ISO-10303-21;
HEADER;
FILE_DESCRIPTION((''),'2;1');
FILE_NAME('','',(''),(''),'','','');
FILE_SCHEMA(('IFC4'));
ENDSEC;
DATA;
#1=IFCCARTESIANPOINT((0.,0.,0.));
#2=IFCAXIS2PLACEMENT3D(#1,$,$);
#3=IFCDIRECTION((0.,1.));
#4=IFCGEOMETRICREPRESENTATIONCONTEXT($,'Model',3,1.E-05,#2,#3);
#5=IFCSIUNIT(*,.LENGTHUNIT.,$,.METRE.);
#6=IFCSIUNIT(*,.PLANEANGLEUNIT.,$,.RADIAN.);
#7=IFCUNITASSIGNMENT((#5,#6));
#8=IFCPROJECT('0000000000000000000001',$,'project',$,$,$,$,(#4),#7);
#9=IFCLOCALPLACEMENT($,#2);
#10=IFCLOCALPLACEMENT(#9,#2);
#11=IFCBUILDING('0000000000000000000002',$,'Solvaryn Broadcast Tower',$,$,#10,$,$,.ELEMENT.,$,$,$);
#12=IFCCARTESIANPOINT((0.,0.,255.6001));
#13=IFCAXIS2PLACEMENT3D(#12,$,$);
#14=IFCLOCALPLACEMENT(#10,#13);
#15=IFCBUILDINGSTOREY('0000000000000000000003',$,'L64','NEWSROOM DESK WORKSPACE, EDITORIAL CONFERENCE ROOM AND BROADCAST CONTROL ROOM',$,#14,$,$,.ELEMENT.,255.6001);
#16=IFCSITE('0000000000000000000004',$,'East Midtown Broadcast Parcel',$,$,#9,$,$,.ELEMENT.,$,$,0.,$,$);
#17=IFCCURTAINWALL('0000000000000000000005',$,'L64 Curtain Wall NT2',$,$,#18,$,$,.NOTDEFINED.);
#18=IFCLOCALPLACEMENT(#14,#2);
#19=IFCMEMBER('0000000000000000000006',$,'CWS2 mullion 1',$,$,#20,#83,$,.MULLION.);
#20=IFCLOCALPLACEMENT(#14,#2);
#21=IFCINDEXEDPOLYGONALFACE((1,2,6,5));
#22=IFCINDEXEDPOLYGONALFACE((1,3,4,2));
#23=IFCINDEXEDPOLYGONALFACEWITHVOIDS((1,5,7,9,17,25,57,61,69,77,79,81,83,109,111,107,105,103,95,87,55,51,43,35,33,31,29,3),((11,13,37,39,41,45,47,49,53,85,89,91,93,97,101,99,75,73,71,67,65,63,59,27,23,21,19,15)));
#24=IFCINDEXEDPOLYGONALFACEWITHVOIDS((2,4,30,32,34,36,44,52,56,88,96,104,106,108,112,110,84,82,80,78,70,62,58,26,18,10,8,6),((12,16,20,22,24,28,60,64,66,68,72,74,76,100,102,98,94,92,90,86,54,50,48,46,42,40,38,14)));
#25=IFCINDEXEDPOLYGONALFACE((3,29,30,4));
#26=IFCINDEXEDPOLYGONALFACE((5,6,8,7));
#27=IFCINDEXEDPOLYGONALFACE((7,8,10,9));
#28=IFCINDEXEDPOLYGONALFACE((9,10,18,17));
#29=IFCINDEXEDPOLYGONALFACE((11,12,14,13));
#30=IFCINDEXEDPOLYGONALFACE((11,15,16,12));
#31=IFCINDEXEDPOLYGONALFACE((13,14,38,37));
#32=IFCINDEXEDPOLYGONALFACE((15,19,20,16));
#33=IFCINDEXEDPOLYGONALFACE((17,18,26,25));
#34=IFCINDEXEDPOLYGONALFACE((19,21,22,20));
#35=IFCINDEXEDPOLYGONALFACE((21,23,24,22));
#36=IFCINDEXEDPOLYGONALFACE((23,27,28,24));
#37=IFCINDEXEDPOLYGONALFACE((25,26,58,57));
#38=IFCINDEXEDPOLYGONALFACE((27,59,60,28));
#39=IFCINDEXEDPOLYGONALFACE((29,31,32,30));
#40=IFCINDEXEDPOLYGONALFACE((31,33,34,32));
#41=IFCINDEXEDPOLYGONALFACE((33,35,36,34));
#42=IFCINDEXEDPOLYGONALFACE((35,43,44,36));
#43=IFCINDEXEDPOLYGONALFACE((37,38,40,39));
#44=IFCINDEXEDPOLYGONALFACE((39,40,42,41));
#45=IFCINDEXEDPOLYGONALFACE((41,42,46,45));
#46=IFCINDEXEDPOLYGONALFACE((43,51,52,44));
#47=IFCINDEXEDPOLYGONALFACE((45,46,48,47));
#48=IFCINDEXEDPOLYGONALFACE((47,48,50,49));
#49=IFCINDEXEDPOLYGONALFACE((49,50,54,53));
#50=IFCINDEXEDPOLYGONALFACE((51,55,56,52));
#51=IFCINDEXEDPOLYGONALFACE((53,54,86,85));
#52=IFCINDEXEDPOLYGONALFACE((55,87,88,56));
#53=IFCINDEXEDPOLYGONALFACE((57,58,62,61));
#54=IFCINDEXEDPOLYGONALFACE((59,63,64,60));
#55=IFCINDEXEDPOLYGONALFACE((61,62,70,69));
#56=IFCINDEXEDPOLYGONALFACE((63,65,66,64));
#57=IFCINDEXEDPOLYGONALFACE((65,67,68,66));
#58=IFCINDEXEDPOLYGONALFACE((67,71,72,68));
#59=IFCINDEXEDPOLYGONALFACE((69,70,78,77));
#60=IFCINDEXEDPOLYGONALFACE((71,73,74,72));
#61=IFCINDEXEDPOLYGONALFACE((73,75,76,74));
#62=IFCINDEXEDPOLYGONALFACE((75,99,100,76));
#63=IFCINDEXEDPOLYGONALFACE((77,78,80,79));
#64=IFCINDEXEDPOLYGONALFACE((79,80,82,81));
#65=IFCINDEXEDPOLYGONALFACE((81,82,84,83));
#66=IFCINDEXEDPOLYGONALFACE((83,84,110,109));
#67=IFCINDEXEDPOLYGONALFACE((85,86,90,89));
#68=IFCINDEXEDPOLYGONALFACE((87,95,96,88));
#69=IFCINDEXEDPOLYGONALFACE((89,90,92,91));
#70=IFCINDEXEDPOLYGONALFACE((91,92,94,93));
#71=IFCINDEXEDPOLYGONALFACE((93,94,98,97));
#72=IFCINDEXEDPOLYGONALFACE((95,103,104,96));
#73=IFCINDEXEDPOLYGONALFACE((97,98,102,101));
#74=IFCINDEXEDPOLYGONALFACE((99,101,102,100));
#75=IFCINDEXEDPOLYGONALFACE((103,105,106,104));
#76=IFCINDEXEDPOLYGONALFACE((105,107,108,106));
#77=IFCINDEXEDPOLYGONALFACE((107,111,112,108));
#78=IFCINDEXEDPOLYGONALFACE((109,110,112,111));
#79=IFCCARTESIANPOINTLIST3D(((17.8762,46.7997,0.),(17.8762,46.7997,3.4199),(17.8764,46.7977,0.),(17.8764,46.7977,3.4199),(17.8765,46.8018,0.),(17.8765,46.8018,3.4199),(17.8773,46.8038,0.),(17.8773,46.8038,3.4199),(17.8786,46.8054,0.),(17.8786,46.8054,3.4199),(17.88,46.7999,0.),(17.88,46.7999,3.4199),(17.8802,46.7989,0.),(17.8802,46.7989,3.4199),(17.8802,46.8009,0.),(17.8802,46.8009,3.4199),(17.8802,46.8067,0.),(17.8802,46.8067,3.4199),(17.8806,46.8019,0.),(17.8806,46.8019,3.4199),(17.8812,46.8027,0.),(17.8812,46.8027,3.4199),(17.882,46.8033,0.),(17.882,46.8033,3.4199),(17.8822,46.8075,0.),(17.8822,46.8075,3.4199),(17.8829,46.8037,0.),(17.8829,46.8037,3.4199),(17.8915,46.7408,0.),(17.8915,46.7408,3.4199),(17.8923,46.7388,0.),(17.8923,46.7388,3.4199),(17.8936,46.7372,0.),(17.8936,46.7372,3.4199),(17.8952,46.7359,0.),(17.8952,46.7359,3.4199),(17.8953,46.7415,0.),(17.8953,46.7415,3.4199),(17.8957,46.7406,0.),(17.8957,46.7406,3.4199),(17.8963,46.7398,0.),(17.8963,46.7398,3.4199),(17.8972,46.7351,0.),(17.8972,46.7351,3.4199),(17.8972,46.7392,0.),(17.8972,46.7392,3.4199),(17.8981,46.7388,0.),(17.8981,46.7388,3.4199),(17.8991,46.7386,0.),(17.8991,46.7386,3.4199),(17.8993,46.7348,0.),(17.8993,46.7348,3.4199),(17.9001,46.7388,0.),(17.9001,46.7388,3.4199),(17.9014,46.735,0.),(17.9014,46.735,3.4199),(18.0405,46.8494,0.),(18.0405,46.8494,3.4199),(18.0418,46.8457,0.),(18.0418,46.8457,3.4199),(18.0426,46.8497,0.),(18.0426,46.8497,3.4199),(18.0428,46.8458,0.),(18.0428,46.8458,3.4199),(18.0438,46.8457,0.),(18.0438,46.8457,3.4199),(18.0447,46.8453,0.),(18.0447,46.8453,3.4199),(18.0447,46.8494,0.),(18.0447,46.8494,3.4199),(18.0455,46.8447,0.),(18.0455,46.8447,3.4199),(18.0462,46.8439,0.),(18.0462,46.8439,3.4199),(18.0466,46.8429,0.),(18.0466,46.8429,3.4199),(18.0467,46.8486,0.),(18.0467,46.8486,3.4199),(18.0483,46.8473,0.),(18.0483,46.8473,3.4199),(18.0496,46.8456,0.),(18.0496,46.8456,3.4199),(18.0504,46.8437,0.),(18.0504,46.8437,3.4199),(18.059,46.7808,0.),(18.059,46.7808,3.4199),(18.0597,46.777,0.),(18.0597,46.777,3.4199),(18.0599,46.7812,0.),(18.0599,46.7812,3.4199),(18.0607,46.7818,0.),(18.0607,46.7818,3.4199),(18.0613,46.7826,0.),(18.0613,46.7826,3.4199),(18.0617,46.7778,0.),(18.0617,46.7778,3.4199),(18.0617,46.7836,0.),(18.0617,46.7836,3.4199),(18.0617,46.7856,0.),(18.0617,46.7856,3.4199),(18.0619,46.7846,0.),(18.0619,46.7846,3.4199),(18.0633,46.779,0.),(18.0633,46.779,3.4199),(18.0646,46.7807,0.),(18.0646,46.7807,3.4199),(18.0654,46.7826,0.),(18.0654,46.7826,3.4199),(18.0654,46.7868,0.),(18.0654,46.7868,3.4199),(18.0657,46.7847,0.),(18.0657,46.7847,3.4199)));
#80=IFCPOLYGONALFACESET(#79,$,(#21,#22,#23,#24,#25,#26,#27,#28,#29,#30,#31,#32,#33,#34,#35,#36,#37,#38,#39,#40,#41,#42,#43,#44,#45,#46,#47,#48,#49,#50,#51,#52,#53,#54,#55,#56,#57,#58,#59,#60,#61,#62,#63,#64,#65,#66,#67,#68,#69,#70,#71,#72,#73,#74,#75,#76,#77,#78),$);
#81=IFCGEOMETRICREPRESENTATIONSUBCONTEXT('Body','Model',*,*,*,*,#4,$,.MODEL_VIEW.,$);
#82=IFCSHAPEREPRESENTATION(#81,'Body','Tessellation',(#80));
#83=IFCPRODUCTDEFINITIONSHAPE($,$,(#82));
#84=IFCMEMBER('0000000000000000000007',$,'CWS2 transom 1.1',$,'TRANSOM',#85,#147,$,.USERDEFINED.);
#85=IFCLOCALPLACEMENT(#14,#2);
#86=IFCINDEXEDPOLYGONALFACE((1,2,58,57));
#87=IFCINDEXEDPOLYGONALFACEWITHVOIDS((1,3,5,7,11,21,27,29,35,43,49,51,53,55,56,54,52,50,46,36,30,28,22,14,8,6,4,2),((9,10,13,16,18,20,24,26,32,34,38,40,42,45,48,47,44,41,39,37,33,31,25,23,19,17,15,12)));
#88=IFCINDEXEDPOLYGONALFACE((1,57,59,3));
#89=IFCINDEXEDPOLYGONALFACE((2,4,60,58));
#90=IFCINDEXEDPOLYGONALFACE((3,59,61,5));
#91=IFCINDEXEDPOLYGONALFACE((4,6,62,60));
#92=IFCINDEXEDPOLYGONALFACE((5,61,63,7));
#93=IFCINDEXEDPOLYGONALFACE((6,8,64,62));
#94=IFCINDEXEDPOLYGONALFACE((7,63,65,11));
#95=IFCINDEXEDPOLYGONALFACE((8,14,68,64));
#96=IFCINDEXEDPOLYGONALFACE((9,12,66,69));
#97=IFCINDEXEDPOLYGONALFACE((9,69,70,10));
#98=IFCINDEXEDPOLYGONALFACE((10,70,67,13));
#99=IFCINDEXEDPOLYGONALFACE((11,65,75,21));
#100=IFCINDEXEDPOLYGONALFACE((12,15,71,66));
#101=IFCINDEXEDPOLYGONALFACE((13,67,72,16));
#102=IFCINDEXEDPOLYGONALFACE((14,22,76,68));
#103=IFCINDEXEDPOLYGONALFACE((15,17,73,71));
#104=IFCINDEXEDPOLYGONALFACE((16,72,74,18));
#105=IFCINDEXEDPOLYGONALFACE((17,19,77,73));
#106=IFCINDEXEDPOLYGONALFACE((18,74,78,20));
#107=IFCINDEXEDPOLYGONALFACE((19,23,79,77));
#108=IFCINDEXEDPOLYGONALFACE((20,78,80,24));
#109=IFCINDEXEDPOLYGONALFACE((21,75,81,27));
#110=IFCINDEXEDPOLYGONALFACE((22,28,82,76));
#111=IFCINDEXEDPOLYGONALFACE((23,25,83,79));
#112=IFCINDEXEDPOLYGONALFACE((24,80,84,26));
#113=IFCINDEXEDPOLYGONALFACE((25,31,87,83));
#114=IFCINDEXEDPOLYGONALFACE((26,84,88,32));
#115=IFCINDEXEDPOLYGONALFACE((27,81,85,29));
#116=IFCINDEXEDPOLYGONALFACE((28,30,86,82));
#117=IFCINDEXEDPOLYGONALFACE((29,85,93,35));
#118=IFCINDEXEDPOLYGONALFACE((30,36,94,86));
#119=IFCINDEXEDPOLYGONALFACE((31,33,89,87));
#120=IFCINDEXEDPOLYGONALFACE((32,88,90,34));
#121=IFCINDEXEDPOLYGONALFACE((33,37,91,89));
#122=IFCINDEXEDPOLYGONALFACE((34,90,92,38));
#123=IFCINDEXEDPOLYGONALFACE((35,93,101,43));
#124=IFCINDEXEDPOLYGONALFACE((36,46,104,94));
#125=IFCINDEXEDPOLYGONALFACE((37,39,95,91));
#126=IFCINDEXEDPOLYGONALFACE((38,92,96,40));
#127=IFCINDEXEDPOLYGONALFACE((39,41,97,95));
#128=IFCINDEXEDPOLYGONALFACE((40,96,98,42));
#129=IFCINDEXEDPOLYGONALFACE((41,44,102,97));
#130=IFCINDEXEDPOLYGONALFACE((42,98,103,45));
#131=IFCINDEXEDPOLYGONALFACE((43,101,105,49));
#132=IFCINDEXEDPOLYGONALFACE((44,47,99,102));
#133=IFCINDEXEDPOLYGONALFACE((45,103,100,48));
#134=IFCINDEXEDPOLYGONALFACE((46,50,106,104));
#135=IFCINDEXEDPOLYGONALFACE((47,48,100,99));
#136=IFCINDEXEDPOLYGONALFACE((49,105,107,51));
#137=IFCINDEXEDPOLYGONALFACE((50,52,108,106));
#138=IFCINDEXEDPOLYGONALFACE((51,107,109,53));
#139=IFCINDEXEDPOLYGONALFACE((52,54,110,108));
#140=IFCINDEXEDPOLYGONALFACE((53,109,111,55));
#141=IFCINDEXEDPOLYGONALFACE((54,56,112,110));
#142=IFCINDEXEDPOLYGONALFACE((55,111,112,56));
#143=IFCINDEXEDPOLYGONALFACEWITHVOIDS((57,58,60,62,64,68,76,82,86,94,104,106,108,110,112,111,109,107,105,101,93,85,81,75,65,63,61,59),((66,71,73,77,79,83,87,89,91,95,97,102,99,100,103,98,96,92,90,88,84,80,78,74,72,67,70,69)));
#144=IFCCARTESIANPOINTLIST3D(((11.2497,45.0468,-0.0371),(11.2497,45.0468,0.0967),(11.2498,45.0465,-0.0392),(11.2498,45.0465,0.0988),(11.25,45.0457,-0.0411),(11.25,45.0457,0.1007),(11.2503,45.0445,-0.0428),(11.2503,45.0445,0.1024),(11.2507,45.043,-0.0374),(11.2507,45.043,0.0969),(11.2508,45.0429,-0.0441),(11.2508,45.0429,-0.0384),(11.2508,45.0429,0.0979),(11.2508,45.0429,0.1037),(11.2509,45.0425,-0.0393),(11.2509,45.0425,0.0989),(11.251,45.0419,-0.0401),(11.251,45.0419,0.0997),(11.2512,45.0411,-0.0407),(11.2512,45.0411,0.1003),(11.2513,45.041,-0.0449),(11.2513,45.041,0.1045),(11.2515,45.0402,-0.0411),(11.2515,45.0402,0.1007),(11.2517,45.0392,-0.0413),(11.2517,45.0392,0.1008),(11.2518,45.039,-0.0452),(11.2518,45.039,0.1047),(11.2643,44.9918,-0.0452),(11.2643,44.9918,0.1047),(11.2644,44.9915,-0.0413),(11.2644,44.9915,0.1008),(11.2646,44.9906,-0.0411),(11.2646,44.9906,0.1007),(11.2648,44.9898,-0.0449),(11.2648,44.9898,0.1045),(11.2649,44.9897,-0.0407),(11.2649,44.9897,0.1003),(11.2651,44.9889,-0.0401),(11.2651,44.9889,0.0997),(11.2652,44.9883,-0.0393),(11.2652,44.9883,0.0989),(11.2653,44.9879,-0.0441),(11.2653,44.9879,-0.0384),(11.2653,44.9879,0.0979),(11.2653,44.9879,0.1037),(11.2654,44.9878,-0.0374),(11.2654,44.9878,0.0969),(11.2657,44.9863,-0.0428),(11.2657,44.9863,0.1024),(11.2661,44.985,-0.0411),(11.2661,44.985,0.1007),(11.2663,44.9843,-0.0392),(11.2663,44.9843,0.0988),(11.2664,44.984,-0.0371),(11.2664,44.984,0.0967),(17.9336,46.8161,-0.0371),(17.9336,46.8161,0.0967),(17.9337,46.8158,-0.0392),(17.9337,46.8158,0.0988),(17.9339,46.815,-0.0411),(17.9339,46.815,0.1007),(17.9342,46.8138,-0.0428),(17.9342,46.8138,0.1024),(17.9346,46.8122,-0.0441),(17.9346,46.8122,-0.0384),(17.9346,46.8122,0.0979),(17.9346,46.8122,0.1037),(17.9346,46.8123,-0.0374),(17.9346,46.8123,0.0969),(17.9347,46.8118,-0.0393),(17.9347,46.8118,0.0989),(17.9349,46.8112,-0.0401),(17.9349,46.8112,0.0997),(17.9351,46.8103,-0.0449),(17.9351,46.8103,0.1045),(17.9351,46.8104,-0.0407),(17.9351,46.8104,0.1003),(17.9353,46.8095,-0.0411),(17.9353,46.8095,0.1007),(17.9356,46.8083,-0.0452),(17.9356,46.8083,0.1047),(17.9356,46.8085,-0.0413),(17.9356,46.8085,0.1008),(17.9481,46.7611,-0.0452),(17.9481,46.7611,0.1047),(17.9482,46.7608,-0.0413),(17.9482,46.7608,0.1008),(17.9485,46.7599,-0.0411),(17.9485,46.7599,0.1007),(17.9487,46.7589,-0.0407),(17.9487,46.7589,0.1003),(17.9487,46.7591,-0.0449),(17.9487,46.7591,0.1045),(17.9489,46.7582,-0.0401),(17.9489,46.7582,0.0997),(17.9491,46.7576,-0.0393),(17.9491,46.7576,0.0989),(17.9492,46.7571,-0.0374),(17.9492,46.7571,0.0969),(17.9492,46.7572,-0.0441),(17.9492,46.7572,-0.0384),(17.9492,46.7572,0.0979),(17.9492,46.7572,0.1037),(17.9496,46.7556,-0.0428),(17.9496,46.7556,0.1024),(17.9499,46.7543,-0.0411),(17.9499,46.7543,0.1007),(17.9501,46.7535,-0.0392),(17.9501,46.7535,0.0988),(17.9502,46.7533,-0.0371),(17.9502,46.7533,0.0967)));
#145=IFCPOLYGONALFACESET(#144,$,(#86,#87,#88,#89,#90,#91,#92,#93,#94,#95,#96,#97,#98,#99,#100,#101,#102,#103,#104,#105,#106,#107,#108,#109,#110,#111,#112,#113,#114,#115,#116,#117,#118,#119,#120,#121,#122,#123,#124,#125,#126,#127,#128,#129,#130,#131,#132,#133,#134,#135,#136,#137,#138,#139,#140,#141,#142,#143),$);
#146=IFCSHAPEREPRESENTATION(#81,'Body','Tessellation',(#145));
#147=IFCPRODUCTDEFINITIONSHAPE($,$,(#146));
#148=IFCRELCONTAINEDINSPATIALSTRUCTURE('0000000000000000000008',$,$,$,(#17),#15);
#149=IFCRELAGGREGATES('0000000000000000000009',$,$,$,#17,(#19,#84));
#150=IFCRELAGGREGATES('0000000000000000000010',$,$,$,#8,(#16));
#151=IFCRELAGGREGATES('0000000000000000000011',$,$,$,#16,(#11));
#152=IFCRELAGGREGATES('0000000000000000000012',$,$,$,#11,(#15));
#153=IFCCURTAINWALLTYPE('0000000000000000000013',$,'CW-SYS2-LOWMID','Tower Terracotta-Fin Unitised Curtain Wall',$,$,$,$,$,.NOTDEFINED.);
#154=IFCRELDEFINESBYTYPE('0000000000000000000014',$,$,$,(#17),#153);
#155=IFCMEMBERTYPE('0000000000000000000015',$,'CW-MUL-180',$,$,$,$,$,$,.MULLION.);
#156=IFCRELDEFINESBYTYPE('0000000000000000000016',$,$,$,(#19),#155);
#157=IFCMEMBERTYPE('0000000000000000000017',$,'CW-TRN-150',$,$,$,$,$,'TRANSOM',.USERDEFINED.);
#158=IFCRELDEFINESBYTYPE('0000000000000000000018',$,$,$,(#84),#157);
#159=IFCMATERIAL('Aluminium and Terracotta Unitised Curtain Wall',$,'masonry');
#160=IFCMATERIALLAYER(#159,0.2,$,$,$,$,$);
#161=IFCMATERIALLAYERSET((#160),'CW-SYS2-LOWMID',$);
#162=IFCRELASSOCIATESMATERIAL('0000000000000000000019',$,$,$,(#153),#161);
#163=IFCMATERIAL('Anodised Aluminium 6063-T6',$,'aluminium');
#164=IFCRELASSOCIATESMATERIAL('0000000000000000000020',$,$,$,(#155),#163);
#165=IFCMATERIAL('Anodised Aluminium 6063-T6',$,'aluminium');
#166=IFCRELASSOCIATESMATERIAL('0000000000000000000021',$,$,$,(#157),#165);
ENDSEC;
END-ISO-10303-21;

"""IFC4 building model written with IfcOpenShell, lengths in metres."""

from ifc_helpers import new_model, si_unit, direction, frame, origin, origin_2d, place, context, subcontext, project, spatial, hollow_rectangle, extrude, material, layer, layer_set, material_profile, profile_set, type_object, element, aggregate, save


model = new_model("IFC4")

# Units and contexts
model_context = context("Model", 3, precision=1e-05, world=origin(), true_north=direction((0.0, 1.0)))
body_context = subcontext(model_context, "Body", "Model", "MODEL_VIEW")
ifc_project = project(units=[si_unit("LENGTHUNIT", "METRE"), si_unit("PLANEANGLEUNIT", "RADIAN")], contexts=[model_context])

# Site, building, storey
site_placement = place(None, origin())
site = spatial("IfcSite", under=ifc_project, at=site_placement, Name="East Midtown Broadcast Parcel", CompositionType="ELEMENT", RefElevation=0.0)
building_placement = place(site_placement, origin())
building = spatial("IfcBuilding", under=site, at=building_placement, Name="Solvaryn Broadcast Tower", CompositionType="ELEMENT")
storey_placement = place(building_placement, frame((0.0, 0.0, 255.6001)))
storey = spatial("IfcBuildingStorey", under=building, at=storey_placement, Name="L64", Description="NEWSROOM DESK WORKSPACE, EDITORIAL CONFERENCE ROOM AND BROADCAST CONTROL ROOM", CompositionType="ELEMENT", Elevation=255.6001)

# Shared definitions
ifc_material_1 = material(Name="Aluminium and Terracotta Unitised Curtain Wall", Category="masonry")
ifc_layer_1 = layer(ifc_material_1, 0.2)
ifc_layer_set_1 = layer_set([ifc_layer_1], Name="CW-SYS2-LOWMID")
curtain_wall_type = type_object("IfcCurtainWallType", Name="CW-SYS2-LOWMID", Description="Tower Terracotta-Fin Unitised Curtain Wall", PredefinedType="NOTDEFINED", material=ifc_layer_set_1)
ifc_material_2 = material(Name="Anodised Aluminium 6063-T6", Category="aluminium")
ifc_material_profile_1 = material_profile(ifc_material_2, hollow_rectangle(XDim=0.075, YDim=0.1799, WallThickness=0.0039, InnerFilletRadius=0.0039, OuterFilletRadius=0.0081, at=origin_2d()))
ifc_profile_set_1 = profile_set([ifc_material_profile_1], Name="Anodised Aluminium 6063-T6")
member_type_1 = type_object("IfcMemberType", Name="CW-MUL-180", PredefinedType="MULLION", material=ifc_profile_set_1)

# Curtain wall, members
curtain_wall_1_placement = place(storey_placement, origin())
curtain_wall_1 = element("IfcCurtainWall", 1, at=curtain_wall_1_placement, inside=storey, type_object=curtain_wall_type, Name="L64 Curtain Wall NT2", PredefinedType="NOTDEFINED")
member_1_placement = place(storey_placement, frame((17.9709, 46.7922, 0.0), z_axis=(0.0, 0.0, 1.0), x_axis=(0.255893, -0.966705, 0.0)))
member_1 = element("IfcMember", 2, at=member_1_placement, type_object=member_type_1, Name="CWS2 mullion 1", PredefinedType="MULLION", context=body_context, shape_type="SweptSolid", body=[
    extrude(hollow_rectangle(XDim=0.075, YDim=0.1799, WallThickness=0.0039, InnerFilletRadius=0.0039, OuterFilletRadius=0.0081, at=origin_2d()), origin(), (0.0, 0.0, 1.0), 3.4199),
])
ifc_material_3 = material(Name="Anodised Aluminium 6063-T6", Category="aluminium")
ifc_material_profile_2 = material_profile(ifc_material_3, hollow_rectangle(XDim=0.0649, YDim=0.1499, WallThickness=0.0039, InnerFilletRadius=0.0039, OuterFilletRadius=0.0081, at=origin_2d()))
ifc_profile_set_2 = profile_set([ifc_material_profile_2], Name="Anodised Aluminium 6063-T6")
member_type_2 = type_object("IfcMemberType", Name="CW-TRN-150", ElementType="TRANSOM", PredefinedType="USERDEFINED", material=ifc_profile_set_2)
member_2_placement = place(storey_placement, frame((17.9419, 46.7847, 0.0298), z_axis=(-0.966704, -0.255897, 0.0), x_axis=(0.255897, -0.966704, 0.0)))
member_2 = element("IfcMember", 3, at=member_2_placement, type_object=member_type_2, Name="CWS2 transom 1.1", ObjectType="TRANSOM", PredefinedType="USERDEFINED", context=body_context, shape_type="SweptSolid", body=[
    extrude(hollow_rectangle(XDim=0.0649, YDim=0.1499, WallThickness=0.0039, InnerFilletRadius=0.0039, OuterFilletRadius=0.0081, at=origin_2d()), origin(), (0.0, 0.0, 1.0), 6.9141),
])
aggregate(curtain_wall_1, [member_1, member_2])

save(model, "model.ifc")
